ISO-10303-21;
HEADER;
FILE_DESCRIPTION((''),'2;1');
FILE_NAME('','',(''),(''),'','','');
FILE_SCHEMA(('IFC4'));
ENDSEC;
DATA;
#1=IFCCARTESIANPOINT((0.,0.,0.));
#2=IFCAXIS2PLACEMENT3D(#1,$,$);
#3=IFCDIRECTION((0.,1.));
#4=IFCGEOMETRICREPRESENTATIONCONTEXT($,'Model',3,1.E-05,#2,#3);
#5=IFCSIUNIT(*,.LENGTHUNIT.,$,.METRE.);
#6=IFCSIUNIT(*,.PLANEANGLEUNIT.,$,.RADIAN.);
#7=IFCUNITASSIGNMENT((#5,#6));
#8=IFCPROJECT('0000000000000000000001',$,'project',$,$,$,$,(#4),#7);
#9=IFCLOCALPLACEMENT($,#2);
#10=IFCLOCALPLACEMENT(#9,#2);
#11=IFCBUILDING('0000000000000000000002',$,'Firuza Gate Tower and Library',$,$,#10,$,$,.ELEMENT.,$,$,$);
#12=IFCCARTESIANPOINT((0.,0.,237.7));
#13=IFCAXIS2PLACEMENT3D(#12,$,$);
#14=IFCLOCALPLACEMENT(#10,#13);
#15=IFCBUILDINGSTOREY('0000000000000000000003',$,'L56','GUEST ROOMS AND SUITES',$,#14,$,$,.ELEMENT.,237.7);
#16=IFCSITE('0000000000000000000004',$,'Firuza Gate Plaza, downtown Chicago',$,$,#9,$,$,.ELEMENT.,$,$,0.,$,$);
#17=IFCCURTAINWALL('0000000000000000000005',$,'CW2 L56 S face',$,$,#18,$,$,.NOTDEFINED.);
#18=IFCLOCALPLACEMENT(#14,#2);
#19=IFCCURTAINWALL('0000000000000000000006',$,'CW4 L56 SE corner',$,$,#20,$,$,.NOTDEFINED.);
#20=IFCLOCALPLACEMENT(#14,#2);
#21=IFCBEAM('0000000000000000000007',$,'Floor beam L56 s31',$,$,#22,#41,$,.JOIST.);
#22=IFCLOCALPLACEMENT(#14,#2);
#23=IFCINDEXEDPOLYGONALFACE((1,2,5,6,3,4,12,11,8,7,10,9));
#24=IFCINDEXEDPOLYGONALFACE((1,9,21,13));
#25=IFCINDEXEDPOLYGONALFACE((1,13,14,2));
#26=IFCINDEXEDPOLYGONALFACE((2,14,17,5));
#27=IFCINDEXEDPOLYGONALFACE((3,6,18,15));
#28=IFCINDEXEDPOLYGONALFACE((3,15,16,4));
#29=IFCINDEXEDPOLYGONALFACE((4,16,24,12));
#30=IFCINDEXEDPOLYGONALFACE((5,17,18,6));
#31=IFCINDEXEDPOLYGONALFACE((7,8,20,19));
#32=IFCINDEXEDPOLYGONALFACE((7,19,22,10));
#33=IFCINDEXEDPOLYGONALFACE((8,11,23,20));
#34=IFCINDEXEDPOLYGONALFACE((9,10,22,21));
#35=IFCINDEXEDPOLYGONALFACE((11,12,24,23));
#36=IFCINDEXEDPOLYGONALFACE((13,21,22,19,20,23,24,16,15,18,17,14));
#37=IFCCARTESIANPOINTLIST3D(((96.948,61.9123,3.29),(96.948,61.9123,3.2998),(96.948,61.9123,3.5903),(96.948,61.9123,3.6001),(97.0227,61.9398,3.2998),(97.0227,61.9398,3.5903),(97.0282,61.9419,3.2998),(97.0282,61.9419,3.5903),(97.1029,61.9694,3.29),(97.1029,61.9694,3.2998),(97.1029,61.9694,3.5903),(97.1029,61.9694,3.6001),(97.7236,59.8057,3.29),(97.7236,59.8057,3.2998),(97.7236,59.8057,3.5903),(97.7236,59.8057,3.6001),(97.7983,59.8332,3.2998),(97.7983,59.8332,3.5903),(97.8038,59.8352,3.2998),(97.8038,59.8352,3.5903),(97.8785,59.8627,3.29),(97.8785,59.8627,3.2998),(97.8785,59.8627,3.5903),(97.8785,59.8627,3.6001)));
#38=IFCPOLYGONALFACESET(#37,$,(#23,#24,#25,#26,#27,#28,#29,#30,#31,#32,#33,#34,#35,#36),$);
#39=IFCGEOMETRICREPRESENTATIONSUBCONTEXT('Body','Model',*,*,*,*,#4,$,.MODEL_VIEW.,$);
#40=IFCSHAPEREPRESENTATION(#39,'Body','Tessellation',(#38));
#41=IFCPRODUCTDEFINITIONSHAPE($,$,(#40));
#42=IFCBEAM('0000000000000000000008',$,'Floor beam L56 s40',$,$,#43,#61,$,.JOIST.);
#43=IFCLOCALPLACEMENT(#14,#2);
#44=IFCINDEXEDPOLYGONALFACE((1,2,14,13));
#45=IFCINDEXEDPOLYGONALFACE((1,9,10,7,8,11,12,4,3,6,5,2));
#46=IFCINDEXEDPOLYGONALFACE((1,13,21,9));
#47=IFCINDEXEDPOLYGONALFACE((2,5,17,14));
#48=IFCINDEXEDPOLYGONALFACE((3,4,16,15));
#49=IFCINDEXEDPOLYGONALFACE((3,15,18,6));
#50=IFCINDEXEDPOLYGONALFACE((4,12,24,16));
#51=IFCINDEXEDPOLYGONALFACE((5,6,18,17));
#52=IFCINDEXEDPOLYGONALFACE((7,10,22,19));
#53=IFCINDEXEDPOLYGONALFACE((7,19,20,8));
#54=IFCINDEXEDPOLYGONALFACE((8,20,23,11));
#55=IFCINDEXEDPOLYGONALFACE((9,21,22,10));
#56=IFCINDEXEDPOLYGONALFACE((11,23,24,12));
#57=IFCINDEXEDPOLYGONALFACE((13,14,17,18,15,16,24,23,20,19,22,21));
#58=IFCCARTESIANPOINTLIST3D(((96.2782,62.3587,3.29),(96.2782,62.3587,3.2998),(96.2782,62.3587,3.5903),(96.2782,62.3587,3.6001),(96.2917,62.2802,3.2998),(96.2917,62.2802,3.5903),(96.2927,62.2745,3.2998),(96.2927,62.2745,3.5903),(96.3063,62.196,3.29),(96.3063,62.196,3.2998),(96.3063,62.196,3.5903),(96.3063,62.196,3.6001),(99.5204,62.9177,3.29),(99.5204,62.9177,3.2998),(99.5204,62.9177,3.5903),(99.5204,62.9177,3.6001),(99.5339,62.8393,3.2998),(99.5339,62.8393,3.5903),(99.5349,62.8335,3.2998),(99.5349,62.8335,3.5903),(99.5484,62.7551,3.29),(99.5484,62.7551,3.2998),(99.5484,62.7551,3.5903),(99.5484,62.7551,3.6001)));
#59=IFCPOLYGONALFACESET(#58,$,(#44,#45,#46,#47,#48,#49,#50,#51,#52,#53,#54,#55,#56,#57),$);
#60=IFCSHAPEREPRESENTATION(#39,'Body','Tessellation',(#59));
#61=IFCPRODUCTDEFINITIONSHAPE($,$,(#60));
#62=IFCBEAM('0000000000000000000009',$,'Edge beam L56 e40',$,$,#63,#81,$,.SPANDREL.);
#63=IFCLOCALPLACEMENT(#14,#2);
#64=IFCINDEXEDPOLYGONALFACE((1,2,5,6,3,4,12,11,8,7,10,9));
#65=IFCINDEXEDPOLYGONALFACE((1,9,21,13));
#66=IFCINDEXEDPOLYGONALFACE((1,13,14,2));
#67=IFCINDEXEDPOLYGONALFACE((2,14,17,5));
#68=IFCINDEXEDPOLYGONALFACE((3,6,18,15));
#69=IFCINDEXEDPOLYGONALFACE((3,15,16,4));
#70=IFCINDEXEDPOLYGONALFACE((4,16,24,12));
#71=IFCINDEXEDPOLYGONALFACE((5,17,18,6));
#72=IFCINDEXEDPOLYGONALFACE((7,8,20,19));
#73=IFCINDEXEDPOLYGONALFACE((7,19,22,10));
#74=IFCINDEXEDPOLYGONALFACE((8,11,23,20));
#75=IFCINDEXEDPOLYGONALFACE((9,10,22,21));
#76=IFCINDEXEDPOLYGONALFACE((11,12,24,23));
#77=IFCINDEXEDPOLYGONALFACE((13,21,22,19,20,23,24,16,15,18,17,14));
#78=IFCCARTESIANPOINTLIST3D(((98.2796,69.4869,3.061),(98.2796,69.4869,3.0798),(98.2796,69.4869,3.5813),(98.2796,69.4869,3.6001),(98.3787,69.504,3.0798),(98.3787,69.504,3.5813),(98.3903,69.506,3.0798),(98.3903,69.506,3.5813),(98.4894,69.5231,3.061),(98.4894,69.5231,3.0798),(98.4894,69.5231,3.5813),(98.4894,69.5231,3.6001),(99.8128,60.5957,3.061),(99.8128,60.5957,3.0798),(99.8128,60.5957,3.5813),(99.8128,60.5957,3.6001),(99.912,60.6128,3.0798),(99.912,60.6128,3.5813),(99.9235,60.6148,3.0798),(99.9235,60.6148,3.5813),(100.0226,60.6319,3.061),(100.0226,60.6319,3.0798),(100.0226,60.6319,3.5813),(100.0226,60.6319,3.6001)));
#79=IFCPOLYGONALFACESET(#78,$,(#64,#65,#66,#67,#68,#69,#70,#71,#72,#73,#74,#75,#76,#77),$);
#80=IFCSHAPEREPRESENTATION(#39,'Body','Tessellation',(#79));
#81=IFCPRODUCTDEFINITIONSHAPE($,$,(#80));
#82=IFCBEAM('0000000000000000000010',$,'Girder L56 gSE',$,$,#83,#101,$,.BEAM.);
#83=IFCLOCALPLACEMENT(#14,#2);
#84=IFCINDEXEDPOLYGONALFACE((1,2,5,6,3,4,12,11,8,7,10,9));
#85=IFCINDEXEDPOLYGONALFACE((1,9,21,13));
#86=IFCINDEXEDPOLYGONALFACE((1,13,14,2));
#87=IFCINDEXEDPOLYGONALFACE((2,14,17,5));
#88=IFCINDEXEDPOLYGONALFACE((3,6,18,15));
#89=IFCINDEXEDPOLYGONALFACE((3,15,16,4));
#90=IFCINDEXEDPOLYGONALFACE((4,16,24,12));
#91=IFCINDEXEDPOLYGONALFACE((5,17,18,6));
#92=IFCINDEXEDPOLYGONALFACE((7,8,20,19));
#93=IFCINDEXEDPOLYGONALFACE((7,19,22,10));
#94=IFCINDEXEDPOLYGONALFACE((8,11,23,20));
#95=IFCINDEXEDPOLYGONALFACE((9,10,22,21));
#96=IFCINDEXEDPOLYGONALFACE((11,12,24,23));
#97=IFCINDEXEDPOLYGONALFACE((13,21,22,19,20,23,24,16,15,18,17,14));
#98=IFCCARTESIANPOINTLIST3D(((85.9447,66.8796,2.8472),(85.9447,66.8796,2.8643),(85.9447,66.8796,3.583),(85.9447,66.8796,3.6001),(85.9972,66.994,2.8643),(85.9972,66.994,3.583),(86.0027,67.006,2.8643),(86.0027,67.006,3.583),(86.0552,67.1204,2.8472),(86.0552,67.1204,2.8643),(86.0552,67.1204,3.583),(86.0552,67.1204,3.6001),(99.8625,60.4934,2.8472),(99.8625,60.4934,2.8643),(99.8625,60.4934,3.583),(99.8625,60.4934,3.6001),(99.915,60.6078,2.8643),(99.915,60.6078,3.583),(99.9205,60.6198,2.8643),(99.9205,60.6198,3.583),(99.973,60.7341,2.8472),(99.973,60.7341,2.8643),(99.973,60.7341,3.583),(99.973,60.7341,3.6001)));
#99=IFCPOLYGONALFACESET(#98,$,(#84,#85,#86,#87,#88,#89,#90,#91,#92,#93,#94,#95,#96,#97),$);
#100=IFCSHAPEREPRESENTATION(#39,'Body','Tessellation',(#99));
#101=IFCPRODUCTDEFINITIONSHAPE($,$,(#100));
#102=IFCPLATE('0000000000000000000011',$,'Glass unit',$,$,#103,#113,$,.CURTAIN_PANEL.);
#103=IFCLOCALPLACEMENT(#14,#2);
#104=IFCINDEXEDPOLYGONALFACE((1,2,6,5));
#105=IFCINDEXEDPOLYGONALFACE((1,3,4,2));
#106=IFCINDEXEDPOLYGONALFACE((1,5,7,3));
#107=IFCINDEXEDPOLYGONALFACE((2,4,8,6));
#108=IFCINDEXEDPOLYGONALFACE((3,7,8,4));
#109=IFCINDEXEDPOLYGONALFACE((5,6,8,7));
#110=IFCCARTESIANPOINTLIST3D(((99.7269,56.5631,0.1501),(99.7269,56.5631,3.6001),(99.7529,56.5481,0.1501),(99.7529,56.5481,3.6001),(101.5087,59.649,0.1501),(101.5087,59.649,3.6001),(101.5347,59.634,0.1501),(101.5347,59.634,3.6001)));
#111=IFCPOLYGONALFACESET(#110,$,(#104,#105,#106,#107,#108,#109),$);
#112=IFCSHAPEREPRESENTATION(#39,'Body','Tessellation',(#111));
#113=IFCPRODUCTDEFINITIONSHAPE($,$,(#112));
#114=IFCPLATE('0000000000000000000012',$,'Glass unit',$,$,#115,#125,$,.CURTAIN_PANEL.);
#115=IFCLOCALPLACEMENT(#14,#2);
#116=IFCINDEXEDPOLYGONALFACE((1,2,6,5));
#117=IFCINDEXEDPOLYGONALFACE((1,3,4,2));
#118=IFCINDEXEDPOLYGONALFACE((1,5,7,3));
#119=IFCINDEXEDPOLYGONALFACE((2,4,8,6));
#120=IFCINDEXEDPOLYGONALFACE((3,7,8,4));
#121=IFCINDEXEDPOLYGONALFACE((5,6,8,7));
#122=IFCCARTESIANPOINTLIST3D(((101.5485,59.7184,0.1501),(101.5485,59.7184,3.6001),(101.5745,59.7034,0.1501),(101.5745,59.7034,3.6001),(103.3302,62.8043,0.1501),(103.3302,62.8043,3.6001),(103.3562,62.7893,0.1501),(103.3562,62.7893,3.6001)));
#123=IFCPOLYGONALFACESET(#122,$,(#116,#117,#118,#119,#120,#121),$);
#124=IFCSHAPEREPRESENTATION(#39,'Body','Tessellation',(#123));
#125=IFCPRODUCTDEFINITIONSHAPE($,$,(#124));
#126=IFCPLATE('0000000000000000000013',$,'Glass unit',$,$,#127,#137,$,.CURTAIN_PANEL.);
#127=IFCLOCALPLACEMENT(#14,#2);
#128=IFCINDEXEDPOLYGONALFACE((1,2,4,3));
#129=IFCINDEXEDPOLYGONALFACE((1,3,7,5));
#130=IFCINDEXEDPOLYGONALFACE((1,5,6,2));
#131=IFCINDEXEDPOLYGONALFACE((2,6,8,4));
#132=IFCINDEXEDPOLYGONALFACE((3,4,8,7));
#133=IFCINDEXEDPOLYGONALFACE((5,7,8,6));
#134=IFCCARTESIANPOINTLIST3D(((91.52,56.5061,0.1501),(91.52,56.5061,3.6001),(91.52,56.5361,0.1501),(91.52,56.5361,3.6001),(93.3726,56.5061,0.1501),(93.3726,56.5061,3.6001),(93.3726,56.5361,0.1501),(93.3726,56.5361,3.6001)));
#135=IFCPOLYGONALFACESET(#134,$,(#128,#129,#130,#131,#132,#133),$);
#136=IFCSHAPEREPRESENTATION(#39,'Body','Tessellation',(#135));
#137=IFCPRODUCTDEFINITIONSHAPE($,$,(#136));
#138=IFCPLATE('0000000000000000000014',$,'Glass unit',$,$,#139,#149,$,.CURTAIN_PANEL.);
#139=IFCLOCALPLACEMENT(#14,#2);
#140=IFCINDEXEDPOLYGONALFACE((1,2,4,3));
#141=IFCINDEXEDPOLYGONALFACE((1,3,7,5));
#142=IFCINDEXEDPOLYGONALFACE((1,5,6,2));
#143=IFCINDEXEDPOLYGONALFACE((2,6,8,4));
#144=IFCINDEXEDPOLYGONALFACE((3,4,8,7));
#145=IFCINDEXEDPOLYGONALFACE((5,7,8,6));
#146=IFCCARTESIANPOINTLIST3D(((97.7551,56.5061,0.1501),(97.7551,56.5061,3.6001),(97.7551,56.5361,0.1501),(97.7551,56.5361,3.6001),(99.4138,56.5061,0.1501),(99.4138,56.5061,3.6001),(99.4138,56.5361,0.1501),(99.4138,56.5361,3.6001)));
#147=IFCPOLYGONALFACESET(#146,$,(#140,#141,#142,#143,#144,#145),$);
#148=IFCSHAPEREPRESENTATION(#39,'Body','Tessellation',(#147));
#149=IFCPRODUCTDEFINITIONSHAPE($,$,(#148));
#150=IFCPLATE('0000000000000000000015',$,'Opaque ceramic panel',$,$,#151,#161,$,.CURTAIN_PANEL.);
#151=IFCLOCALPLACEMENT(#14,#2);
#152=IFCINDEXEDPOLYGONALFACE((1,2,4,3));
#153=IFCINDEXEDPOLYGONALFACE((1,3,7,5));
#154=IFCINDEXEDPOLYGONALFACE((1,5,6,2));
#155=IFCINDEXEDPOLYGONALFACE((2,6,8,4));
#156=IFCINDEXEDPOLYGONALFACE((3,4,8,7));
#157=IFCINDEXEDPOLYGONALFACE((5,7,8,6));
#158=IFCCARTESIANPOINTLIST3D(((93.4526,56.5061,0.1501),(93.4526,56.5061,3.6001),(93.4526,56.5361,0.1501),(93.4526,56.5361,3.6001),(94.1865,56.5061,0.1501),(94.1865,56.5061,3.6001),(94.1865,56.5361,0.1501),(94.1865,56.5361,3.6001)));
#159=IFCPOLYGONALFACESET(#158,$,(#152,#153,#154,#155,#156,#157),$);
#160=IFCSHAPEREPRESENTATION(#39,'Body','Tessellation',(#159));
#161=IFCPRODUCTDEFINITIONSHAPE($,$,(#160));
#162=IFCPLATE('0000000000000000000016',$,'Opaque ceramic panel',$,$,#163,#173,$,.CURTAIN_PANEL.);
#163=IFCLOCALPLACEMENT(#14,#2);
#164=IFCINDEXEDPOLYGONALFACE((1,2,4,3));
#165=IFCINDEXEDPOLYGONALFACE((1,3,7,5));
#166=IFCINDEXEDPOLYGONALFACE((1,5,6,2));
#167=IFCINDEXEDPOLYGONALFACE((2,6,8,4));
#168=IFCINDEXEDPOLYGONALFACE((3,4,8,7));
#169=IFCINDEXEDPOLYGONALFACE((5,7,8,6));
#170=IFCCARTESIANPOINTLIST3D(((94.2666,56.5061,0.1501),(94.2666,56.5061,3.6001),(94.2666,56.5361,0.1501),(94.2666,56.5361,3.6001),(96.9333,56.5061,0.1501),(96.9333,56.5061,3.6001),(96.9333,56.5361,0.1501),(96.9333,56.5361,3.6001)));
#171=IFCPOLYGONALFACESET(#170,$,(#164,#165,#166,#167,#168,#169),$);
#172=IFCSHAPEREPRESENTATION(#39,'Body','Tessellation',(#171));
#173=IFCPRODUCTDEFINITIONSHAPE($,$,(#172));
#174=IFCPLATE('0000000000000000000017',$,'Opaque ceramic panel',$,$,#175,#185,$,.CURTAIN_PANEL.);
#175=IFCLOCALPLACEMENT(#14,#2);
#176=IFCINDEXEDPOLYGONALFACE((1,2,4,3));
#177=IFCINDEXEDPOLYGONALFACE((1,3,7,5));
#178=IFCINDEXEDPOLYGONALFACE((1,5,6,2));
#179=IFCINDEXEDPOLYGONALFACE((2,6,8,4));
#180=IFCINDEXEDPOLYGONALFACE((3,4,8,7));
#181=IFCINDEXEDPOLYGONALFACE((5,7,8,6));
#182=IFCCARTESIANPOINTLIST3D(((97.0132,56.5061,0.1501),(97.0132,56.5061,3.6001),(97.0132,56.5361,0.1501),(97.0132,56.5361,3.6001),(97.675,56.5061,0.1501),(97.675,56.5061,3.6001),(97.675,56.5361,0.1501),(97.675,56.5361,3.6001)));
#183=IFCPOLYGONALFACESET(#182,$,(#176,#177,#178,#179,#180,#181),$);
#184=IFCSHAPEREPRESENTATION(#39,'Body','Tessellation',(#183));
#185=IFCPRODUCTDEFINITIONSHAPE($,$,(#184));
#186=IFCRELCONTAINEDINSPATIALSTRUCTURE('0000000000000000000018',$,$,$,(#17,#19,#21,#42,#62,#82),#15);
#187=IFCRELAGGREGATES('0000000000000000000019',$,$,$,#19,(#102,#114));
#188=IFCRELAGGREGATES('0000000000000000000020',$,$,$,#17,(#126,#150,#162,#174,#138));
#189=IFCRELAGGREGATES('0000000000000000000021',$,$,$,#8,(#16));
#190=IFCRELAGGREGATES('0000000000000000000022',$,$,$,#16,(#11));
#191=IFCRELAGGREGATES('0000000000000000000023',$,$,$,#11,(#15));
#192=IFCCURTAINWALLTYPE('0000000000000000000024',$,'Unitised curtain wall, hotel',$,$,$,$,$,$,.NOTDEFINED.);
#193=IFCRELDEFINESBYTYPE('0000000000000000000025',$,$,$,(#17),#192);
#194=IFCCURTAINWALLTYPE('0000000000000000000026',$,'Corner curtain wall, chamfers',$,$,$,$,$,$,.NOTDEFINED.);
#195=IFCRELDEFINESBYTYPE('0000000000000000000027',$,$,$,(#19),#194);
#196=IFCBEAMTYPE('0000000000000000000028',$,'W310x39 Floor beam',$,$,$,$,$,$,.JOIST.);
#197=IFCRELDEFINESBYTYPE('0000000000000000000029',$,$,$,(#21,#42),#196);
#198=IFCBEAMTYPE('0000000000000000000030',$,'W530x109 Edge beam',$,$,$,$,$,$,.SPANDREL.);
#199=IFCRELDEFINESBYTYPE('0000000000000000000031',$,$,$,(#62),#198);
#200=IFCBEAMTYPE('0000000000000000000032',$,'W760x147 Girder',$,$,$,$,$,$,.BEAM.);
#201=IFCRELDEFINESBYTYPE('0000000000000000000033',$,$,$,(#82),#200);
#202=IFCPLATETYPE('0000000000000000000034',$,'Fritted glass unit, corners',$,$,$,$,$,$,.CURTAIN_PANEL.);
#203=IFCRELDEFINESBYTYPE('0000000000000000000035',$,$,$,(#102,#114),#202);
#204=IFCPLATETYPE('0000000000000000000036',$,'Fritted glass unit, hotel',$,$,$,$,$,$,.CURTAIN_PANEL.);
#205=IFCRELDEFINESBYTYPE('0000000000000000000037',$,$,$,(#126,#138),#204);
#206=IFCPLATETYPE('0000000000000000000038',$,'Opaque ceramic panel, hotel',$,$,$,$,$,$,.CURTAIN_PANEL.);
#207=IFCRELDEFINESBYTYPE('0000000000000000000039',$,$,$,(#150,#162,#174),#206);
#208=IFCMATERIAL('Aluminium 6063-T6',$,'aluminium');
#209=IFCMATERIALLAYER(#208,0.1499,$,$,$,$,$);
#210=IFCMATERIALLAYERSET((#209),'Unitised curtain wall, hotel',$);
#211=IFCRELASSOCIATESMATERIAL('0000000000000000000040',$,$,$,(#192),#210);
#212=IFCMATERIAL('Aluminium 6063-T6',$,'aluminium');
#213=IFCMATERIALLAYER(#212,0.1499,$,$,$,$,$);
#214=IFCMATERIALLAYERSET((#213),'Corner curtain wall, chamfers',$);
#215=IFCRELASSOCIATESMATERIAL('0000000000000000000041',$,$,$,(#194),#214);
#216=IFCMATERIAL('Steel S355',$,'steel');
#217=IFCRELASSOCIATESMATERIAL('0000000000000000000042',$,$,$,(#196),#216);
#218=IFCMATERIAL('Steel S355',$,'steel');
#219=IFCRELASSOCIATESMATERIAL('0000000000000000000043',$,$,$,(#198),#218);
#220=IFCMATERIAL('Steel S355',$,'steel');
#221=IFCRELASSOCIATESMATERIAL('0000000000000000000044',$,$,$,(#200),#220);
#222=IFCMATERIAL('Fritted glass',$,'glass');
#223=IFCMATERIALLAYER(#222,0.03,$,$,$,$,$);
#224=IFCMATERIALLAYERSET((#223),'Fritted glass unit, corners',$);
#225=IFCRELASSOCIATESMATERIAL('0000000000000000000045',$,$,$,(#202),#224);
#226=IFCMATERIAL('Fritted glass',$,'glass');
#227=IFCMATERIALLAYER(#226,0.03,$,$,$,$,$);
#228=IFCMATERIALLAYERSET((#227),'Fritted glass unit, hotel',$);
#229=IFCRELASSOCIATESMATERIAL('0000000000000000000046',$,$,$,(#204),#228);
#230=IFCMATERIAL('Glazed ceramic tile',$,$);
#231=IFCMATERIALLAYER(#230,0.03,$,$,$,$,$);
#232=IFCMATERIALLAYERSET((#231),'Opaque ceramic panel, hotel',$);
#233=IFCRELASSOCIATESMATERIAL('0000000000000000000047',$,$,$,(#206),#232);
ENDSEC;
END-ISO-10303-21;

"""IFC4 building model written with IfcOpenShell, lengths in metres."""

from ifc_helpers import new_model, si_unit, direction, frame, origin, origin_2d, place, context, subcontext, project, spatial, polyline, i_section, outline, extrude, material, layer, layer_set, material_profile, profile_set, type_object, element, aggregate, save


model = new_model("IFC4")

# Units and contexts
model_context = context("Model", 3, precision=1e-05, world=origin(), true_north=direction((0.0, 1.0)))
body_context = subcontext(model_context, "Body", "Model", "MODEL_VIEW")
ifc_project = project(units=[si_unit("LENGTHUNIT", "METRE"), si_unit("PLANEANGLEUNIT", "RADIAN")], contexts=[model_context])

# Site, building, storey
site_placement = place(None, origin())
site = spatial("IfcSite", under=ifc_project, at=site_placement, Name="Firuza Gate Plaza, downtown Chicago", CompositionType="ELEMENT", RefElevation=0.0)
building_placement = place(site_placement, origin())
building = spatial("IfcBuilding", under=site, at=building_placement, Name="Firuza Gate Tower and Library", CompositionType="ELEMENT")
storey_placement = place(building_placement, frame((0.0, 0.0, 237.7)))
storey = spatial("IfcBuildingStorey", under=building, at=storey_placement, Name="L56", Description="GUEST ROOMS AND SUITES", CompositionType="ELEMENT", Elevation=237.7)

# Curtain walls
ifc_material_1 = material(Name="Aluminium 6063-T6", Category="aluminium")
ifc_layer_1 = layer(ifc_material_1, 0.1499)
ifc_layer_set_1 = layer_set([ifc_layer_1], Name="Unitised curtain wall, hotel")
curtain_wall_type_1 = type_object("IfcCurtainWallType", Name="Unitised curtain wall, hotel", PredefinedType="NOTDEFINED", material=ifc_layer_set_1)
placement = place(storey_placement, origin())
curtain_wall_1 = element("IfcCurtainWall", 1, at=placement, inside=storey, type_object=curtain_wall_type_1, Name="CW2 L56 S face", PredefinedType="NOTDEFINED")
ifc_material_2 = material(Name="Aluminium 6063-T6", Category="aluminium")
ifc_layer_2 = layer(ifc_material_2, 0.1499)
ifc_layer_set_2 = layer_set([ifc_layer_2], Name="Corner curtain wall, chamfers")
curtain_wall_type_2 = type_object("IfcCurtainWallType", Name="Corner curtain wall, chamfers", PredefinedType="NOTDEFINED", material=ifc_layer_set_2)
curtain_wall_2 = element("IfcCurtainWall", 2, at=placement, inside=storey, type_object=curtain_wall_type_2, Name="CW4 L56 SE corner", PredefinedType="NOTDEFINED")

# Beams
ifc_material_3 = material(Name="Steel S355", Category="steel")
ifc_material_profile_1 = material_profile(ifc_material_3, i_section(OverallWidth=0.165, OverallDepth=0.3101, WebThickness=0.0059, FlangeThickness=0.0098, at=origin_2d()))
ifc_profile_set_1 = profile_set([ifc_material_profile_1], Name="Steel S355")
beam_type_1 = type_object("IfcBeamType", Name="W310x39 Floor beam", PredefinedType="JOIST", material=ifc_profile_set_1)
beam_1_placement = place(storey_placement, frame((97.801, 59.8342, 3.4451), z_axis=(-0.345504, 0.938417, 0.0), x_axis=(-0.938417, -0.345504, 0.0)))
element("IfcBeam", 3, at=beam_1_placement, inside=storey, type_object=beam_type_1, Name="Floor beam L56 s31", PredefinedType="JOIST", context=body_context, shape_type="SweptSolid", body=[
    extrude(i_section(OverallWidth=0.165, OverallDepth=0.3101, WebThickness=0.0059, FlangeThickness=0.0098, at=origin_2d()), origin(), (0.0, 0.0, 1.0), 2.2449),
])
beam_2_placement = place(storey_placement, frame((99.5344, 62.8364, 3.4451), z_axis=(-0.985456, -0.169932, 0.0), x_axis=(0.169932, -0.985456, 0.0)))
element("IfcBeam", 4, at=beam_2_placement, inside=storey, type_object=beam_type_1, Name="Floor beam L56 s40", PredefinedType="JOIST", context=body_context, shape_type="SweptSolid", body=[
    extrude(i_section(OverallWidth=0.165, OverallDepth=0.3101, WebThickness=0.0059, FlangeThickness=0.0098, at=origin_2d()), origin(), (0.0, 0.0, 1.0), 3.29),
])
ifc_material_4 = material(Name="Steel S355", Category="steel")
ifc_material_profile_2 = material_profile(ifc_material_4, i_section(OverallWidth=0.2129, OverallDepth=0.5391, WebThickness=0.0117, FlangeThickness=0.0188, at=origin_2d()))
ifc_profile_set_2 = profile_set([ifc_material_profile_2], Name="Steel S355")
beam_type_2 = type_object("IfcBeamType", Name="W530x109 Edge beam", PredefinedType="SPANDREL", material=ifc_profile_set_2)
beam_3_placement = place(storey_placement, frame((99.9177, 60.6138, 3.3306), z_axis=(-0.169934, 0.985455, 0.0), x_axis=(-0.985455, -0.169934, 0.0)))
element("IfcBeam", 5, at=beam_3_placement, inside=storey, type_object=beam_type_2, Name="Edge beam L56 e40", PredefinedType="SPANDREL", context=body_context, shape_type="SweptSolid", body=[
    extrude(i_section(OverallWidth=0.2129, OverallDepth=0.5391, WebThickness=0.0117, FlangeThickness=0.0188, at=origin_2d()), origin(), (0.0, 0.0, 1.0), 9.0225),
])
ifc_material_5 = material(Name="Steel S355", Category="steel")
ifc_material_profile_3 = material_profile(ifc_material_5, i_section(OverallWidth=0.2649, OverallDepth=0.7529, WebThickness=0.0132, FlangeThickness=0.0171, at=origin_2d()))
ifc_profile_set_3 = profile_set([ifc_material_profile_3], Name="Steel S355")
beam_type_3 = type_object("IfcBeamType", Name="W760x147 Girder", PredefinedType="BEAM", material=ifc_profile_set_3)
beam_4_placement = place(storey_placement, frame((99.9177, 60.6138, 3.2236), z_axis=(-0.908885, 0.417047, 0.0), x_axis=(-0.417047, -0.908885, 0.0)))
element("IfcBeam", 6, at=beam_4_placement, inside=storey, type_object=beam_type_3, Name="Girder L56 gSE", PredefinedType="BEAM", context=body_context, shape_type="SweptSolid", body=[
    extrude(i_section(OverallWidth=0.2649, OverallDepth=0.7529, WebThickness=0.0132, FlangeThickness=0.0171, at=origin_2d()), origin(), (0.0, 0.0, 1.0), 15.313),
])

# Plates
ifc_material_6 = material(Name="Fritted glass", Category="glass")
ifc_layer_3 = layer(ifc_material_6, 0.03)
ifc_layer_set_3 = layer_set([ifc_layer_3], Name="Fritted glass unit, corners")
plate_type_1 = type_object("IfcPlateType", Name="Fritted glass unit, corners", PredefinedType="CURTAIN_PANEL", material=ifc_layer_set_3)
plate_1_placement = place(storey_placement, frame((99.7529, 56.5481, 0.1501), z_axis=(0.866017, -0.500015, 0.0), x_axis=(0.500015, 0.866017, 0.0)))
plate_1 = element("IfcPlate", 7, at=plate_1_placement, type_object=plate_type_1, Name="Glass unit", PredefinedType="CURTAIN_PANEL", context=body_context, shape_type="SweptSolid", body=[
    extrude(outline(polyline([(0.0, 0.0), (3.5634, 0.0), (3.5634, 3.45), (0.0, 3.45), (0.0, 0.0)])), origin(), (0.0, 0.0, -1.0), 0.03),
])
plate_2_placement = place(storey_placement, frame((101.5745, 59.7034, 0.1501), z_axis=(0.866017, -0.500015, 0.0), x_axis=(0.500015, 0.866017, 0.0)))
plate_2 = element("IfcPlate", 8, at=plate_2_placement, type_object=plate_type_1, Name="Glass unit", PredefinedType="CURTAIN_PANEL", context=body_context, shape_type="SweptSolid", body=[
    extrude(outline(polyline([(0.0, 0.0), (3.5634, 0.0), (3.5634, 3.45), (0.0, 3.45), (0.0, 0.0)])), origin(), (0.0, 0.0, -1.0), 0.03),
])
aggregate(curtain_wall_2, [plate_1, plate_2])
ifc_material_7 = material(Name="Fritted glass", Category="glass")
ifc_layer_4 = layer(ifc_material_7, 0.03)
ifc_layer_set_4 = layer_set([ifc_layer_4], Name="Fritted glass unit, hotel")
plate_type_2 = type_object("IfcPlateType", Name="Fritted glass unit, hotel", PredefinedType="CURTAIN_PANEL", material=ifc_layer_set_4)
plate_3_placement = place(storey_placement, frame((91.52, 56.5061, 0.1501), z_axis=(0.0, -1.0, 0.0), x_axis=(1.0, 0.0, 0.0)))
plate_3 = element("IfcPlate", 9, at=plate_3_placement, type_object=plate_type_2, Name="Glass unit", PredefinedType="CURTAIN_PANEL", context=body_context, shape_type="SweptSolid", body=[
    extrude(outline(polyline([(0.0, 0.0), (1.8525, 0.0), (1.8525, 3.45), (0.0, 3.45), (0.0, 0.0)])), origin(), (0.0, 0.0, -1.0), 0.03),
])
plate_4_placement = place(storey_placement, frame((97.7551, 56.5061, 0.1501), z_axis=(0.0, -1.0, 0.0), x_axis=(1.0, 0.0, 0.0)))
plate_4 = element("IfcPlate", 10, at=plate_4_placement, type_object=plate_type_2, Name="Glass unit", PredefinedType="CURTAIN_PANEL", context=body_context, shape_type="SweptSolid", body=[
    extrude(outline(polyline([(0.0, 0.0), (1.6587, 0.0), (1.6587, 3.45), (0.0, 3.45), (0.0, 0.0)])), origin(), (0.0, 0.0, -1.0), 0.03),
])
ifc_material_8 = material(Name="Glazed ceramic tile")
ifc_layer_5 = layer(ifc_material_8, 0.03)
ifc_layer_set_5 = layer_set([ifc_layer_5], Name="Opaque ceramic panel, hotel")
plate_type_3 = type_object("IfcPlateType", Name="Opaque ceramic panel, hotel", PredefinedType="CURTAIN_PANEL", material=ifc_layer_set_5)
plate_5_placement = place(storey_placement, frame((93.4526, 56.5061, 0.1501), z_axis=(0.0, -1.0, 0.0), x_axis=(1.0, 0.0, 0.0)))
plate_5 = element("IfcPlate", 11, at=plate_5_placement, type_object=plate_type_3, Name="Opaque ceramic panel", PredefinedType="CURTAIN_PANEL", context=body_context, shape_type="SweptSolid", body=[
    extrude(outline(polyline([(0.0, 0.0), (0.7339, 0.0), (0.7339, 3.45), (0.0, 3.45), (0.0, 0.0)])), origin(), (0.0, 0.0, -1.0), 0.03),
])
plate_6_placement = place(storey_placement, frame((94.2666, 56.5061, 0.1501), z_axis=(0.0, -1.0, 0.0), x_axis=(1.0, 0.0, 0.0)))
plate_6 = element("IfcPlate", 12, at=plate_6_placement, type_object=plate_type_3, Name="Opaque ceramic panel", PredefinedType="CURTAIN_PANEL", context=body_context, shape_type="SweptSolid", body=[
    extrude(outline(polyline([(0.0, 0.0), (2.6667, 0.0), (2.6667, 3.45), (0.0, 3.45), (0.0, 0.0)])), origin(), (0.0, 0.0, -1.0), 0.03),
])
plate_7_placement = place(storey_placement, frame((97.0132, 56.5061, 0.1501), z_axis=(0.0, -1.0, 0.0), x_axis=(1.0, 0.0, 0.0)))
plate_7 = element("IfcPlate", 13, at=plate_7_placement, type_object=plate_type_3, Name="Opaque ceramic panel", PredefinedType="CURTAIN_PANEL", context=body_context, shape_type="SweptSolid", body=[
    extrude(outline(polyline([(0.0, 0.0), (0.6619, 0.0), (0.6619, 3.45), (0.0, 3.45), (0.0, 0.0)])), origin(), (0.0, 0.0, -1.0), 0.03),
])
aggregate(curtain_wall_1, [plate_3, plate_5, plate_6, plate_7, plate_4])

save(model, "model.ifc")
